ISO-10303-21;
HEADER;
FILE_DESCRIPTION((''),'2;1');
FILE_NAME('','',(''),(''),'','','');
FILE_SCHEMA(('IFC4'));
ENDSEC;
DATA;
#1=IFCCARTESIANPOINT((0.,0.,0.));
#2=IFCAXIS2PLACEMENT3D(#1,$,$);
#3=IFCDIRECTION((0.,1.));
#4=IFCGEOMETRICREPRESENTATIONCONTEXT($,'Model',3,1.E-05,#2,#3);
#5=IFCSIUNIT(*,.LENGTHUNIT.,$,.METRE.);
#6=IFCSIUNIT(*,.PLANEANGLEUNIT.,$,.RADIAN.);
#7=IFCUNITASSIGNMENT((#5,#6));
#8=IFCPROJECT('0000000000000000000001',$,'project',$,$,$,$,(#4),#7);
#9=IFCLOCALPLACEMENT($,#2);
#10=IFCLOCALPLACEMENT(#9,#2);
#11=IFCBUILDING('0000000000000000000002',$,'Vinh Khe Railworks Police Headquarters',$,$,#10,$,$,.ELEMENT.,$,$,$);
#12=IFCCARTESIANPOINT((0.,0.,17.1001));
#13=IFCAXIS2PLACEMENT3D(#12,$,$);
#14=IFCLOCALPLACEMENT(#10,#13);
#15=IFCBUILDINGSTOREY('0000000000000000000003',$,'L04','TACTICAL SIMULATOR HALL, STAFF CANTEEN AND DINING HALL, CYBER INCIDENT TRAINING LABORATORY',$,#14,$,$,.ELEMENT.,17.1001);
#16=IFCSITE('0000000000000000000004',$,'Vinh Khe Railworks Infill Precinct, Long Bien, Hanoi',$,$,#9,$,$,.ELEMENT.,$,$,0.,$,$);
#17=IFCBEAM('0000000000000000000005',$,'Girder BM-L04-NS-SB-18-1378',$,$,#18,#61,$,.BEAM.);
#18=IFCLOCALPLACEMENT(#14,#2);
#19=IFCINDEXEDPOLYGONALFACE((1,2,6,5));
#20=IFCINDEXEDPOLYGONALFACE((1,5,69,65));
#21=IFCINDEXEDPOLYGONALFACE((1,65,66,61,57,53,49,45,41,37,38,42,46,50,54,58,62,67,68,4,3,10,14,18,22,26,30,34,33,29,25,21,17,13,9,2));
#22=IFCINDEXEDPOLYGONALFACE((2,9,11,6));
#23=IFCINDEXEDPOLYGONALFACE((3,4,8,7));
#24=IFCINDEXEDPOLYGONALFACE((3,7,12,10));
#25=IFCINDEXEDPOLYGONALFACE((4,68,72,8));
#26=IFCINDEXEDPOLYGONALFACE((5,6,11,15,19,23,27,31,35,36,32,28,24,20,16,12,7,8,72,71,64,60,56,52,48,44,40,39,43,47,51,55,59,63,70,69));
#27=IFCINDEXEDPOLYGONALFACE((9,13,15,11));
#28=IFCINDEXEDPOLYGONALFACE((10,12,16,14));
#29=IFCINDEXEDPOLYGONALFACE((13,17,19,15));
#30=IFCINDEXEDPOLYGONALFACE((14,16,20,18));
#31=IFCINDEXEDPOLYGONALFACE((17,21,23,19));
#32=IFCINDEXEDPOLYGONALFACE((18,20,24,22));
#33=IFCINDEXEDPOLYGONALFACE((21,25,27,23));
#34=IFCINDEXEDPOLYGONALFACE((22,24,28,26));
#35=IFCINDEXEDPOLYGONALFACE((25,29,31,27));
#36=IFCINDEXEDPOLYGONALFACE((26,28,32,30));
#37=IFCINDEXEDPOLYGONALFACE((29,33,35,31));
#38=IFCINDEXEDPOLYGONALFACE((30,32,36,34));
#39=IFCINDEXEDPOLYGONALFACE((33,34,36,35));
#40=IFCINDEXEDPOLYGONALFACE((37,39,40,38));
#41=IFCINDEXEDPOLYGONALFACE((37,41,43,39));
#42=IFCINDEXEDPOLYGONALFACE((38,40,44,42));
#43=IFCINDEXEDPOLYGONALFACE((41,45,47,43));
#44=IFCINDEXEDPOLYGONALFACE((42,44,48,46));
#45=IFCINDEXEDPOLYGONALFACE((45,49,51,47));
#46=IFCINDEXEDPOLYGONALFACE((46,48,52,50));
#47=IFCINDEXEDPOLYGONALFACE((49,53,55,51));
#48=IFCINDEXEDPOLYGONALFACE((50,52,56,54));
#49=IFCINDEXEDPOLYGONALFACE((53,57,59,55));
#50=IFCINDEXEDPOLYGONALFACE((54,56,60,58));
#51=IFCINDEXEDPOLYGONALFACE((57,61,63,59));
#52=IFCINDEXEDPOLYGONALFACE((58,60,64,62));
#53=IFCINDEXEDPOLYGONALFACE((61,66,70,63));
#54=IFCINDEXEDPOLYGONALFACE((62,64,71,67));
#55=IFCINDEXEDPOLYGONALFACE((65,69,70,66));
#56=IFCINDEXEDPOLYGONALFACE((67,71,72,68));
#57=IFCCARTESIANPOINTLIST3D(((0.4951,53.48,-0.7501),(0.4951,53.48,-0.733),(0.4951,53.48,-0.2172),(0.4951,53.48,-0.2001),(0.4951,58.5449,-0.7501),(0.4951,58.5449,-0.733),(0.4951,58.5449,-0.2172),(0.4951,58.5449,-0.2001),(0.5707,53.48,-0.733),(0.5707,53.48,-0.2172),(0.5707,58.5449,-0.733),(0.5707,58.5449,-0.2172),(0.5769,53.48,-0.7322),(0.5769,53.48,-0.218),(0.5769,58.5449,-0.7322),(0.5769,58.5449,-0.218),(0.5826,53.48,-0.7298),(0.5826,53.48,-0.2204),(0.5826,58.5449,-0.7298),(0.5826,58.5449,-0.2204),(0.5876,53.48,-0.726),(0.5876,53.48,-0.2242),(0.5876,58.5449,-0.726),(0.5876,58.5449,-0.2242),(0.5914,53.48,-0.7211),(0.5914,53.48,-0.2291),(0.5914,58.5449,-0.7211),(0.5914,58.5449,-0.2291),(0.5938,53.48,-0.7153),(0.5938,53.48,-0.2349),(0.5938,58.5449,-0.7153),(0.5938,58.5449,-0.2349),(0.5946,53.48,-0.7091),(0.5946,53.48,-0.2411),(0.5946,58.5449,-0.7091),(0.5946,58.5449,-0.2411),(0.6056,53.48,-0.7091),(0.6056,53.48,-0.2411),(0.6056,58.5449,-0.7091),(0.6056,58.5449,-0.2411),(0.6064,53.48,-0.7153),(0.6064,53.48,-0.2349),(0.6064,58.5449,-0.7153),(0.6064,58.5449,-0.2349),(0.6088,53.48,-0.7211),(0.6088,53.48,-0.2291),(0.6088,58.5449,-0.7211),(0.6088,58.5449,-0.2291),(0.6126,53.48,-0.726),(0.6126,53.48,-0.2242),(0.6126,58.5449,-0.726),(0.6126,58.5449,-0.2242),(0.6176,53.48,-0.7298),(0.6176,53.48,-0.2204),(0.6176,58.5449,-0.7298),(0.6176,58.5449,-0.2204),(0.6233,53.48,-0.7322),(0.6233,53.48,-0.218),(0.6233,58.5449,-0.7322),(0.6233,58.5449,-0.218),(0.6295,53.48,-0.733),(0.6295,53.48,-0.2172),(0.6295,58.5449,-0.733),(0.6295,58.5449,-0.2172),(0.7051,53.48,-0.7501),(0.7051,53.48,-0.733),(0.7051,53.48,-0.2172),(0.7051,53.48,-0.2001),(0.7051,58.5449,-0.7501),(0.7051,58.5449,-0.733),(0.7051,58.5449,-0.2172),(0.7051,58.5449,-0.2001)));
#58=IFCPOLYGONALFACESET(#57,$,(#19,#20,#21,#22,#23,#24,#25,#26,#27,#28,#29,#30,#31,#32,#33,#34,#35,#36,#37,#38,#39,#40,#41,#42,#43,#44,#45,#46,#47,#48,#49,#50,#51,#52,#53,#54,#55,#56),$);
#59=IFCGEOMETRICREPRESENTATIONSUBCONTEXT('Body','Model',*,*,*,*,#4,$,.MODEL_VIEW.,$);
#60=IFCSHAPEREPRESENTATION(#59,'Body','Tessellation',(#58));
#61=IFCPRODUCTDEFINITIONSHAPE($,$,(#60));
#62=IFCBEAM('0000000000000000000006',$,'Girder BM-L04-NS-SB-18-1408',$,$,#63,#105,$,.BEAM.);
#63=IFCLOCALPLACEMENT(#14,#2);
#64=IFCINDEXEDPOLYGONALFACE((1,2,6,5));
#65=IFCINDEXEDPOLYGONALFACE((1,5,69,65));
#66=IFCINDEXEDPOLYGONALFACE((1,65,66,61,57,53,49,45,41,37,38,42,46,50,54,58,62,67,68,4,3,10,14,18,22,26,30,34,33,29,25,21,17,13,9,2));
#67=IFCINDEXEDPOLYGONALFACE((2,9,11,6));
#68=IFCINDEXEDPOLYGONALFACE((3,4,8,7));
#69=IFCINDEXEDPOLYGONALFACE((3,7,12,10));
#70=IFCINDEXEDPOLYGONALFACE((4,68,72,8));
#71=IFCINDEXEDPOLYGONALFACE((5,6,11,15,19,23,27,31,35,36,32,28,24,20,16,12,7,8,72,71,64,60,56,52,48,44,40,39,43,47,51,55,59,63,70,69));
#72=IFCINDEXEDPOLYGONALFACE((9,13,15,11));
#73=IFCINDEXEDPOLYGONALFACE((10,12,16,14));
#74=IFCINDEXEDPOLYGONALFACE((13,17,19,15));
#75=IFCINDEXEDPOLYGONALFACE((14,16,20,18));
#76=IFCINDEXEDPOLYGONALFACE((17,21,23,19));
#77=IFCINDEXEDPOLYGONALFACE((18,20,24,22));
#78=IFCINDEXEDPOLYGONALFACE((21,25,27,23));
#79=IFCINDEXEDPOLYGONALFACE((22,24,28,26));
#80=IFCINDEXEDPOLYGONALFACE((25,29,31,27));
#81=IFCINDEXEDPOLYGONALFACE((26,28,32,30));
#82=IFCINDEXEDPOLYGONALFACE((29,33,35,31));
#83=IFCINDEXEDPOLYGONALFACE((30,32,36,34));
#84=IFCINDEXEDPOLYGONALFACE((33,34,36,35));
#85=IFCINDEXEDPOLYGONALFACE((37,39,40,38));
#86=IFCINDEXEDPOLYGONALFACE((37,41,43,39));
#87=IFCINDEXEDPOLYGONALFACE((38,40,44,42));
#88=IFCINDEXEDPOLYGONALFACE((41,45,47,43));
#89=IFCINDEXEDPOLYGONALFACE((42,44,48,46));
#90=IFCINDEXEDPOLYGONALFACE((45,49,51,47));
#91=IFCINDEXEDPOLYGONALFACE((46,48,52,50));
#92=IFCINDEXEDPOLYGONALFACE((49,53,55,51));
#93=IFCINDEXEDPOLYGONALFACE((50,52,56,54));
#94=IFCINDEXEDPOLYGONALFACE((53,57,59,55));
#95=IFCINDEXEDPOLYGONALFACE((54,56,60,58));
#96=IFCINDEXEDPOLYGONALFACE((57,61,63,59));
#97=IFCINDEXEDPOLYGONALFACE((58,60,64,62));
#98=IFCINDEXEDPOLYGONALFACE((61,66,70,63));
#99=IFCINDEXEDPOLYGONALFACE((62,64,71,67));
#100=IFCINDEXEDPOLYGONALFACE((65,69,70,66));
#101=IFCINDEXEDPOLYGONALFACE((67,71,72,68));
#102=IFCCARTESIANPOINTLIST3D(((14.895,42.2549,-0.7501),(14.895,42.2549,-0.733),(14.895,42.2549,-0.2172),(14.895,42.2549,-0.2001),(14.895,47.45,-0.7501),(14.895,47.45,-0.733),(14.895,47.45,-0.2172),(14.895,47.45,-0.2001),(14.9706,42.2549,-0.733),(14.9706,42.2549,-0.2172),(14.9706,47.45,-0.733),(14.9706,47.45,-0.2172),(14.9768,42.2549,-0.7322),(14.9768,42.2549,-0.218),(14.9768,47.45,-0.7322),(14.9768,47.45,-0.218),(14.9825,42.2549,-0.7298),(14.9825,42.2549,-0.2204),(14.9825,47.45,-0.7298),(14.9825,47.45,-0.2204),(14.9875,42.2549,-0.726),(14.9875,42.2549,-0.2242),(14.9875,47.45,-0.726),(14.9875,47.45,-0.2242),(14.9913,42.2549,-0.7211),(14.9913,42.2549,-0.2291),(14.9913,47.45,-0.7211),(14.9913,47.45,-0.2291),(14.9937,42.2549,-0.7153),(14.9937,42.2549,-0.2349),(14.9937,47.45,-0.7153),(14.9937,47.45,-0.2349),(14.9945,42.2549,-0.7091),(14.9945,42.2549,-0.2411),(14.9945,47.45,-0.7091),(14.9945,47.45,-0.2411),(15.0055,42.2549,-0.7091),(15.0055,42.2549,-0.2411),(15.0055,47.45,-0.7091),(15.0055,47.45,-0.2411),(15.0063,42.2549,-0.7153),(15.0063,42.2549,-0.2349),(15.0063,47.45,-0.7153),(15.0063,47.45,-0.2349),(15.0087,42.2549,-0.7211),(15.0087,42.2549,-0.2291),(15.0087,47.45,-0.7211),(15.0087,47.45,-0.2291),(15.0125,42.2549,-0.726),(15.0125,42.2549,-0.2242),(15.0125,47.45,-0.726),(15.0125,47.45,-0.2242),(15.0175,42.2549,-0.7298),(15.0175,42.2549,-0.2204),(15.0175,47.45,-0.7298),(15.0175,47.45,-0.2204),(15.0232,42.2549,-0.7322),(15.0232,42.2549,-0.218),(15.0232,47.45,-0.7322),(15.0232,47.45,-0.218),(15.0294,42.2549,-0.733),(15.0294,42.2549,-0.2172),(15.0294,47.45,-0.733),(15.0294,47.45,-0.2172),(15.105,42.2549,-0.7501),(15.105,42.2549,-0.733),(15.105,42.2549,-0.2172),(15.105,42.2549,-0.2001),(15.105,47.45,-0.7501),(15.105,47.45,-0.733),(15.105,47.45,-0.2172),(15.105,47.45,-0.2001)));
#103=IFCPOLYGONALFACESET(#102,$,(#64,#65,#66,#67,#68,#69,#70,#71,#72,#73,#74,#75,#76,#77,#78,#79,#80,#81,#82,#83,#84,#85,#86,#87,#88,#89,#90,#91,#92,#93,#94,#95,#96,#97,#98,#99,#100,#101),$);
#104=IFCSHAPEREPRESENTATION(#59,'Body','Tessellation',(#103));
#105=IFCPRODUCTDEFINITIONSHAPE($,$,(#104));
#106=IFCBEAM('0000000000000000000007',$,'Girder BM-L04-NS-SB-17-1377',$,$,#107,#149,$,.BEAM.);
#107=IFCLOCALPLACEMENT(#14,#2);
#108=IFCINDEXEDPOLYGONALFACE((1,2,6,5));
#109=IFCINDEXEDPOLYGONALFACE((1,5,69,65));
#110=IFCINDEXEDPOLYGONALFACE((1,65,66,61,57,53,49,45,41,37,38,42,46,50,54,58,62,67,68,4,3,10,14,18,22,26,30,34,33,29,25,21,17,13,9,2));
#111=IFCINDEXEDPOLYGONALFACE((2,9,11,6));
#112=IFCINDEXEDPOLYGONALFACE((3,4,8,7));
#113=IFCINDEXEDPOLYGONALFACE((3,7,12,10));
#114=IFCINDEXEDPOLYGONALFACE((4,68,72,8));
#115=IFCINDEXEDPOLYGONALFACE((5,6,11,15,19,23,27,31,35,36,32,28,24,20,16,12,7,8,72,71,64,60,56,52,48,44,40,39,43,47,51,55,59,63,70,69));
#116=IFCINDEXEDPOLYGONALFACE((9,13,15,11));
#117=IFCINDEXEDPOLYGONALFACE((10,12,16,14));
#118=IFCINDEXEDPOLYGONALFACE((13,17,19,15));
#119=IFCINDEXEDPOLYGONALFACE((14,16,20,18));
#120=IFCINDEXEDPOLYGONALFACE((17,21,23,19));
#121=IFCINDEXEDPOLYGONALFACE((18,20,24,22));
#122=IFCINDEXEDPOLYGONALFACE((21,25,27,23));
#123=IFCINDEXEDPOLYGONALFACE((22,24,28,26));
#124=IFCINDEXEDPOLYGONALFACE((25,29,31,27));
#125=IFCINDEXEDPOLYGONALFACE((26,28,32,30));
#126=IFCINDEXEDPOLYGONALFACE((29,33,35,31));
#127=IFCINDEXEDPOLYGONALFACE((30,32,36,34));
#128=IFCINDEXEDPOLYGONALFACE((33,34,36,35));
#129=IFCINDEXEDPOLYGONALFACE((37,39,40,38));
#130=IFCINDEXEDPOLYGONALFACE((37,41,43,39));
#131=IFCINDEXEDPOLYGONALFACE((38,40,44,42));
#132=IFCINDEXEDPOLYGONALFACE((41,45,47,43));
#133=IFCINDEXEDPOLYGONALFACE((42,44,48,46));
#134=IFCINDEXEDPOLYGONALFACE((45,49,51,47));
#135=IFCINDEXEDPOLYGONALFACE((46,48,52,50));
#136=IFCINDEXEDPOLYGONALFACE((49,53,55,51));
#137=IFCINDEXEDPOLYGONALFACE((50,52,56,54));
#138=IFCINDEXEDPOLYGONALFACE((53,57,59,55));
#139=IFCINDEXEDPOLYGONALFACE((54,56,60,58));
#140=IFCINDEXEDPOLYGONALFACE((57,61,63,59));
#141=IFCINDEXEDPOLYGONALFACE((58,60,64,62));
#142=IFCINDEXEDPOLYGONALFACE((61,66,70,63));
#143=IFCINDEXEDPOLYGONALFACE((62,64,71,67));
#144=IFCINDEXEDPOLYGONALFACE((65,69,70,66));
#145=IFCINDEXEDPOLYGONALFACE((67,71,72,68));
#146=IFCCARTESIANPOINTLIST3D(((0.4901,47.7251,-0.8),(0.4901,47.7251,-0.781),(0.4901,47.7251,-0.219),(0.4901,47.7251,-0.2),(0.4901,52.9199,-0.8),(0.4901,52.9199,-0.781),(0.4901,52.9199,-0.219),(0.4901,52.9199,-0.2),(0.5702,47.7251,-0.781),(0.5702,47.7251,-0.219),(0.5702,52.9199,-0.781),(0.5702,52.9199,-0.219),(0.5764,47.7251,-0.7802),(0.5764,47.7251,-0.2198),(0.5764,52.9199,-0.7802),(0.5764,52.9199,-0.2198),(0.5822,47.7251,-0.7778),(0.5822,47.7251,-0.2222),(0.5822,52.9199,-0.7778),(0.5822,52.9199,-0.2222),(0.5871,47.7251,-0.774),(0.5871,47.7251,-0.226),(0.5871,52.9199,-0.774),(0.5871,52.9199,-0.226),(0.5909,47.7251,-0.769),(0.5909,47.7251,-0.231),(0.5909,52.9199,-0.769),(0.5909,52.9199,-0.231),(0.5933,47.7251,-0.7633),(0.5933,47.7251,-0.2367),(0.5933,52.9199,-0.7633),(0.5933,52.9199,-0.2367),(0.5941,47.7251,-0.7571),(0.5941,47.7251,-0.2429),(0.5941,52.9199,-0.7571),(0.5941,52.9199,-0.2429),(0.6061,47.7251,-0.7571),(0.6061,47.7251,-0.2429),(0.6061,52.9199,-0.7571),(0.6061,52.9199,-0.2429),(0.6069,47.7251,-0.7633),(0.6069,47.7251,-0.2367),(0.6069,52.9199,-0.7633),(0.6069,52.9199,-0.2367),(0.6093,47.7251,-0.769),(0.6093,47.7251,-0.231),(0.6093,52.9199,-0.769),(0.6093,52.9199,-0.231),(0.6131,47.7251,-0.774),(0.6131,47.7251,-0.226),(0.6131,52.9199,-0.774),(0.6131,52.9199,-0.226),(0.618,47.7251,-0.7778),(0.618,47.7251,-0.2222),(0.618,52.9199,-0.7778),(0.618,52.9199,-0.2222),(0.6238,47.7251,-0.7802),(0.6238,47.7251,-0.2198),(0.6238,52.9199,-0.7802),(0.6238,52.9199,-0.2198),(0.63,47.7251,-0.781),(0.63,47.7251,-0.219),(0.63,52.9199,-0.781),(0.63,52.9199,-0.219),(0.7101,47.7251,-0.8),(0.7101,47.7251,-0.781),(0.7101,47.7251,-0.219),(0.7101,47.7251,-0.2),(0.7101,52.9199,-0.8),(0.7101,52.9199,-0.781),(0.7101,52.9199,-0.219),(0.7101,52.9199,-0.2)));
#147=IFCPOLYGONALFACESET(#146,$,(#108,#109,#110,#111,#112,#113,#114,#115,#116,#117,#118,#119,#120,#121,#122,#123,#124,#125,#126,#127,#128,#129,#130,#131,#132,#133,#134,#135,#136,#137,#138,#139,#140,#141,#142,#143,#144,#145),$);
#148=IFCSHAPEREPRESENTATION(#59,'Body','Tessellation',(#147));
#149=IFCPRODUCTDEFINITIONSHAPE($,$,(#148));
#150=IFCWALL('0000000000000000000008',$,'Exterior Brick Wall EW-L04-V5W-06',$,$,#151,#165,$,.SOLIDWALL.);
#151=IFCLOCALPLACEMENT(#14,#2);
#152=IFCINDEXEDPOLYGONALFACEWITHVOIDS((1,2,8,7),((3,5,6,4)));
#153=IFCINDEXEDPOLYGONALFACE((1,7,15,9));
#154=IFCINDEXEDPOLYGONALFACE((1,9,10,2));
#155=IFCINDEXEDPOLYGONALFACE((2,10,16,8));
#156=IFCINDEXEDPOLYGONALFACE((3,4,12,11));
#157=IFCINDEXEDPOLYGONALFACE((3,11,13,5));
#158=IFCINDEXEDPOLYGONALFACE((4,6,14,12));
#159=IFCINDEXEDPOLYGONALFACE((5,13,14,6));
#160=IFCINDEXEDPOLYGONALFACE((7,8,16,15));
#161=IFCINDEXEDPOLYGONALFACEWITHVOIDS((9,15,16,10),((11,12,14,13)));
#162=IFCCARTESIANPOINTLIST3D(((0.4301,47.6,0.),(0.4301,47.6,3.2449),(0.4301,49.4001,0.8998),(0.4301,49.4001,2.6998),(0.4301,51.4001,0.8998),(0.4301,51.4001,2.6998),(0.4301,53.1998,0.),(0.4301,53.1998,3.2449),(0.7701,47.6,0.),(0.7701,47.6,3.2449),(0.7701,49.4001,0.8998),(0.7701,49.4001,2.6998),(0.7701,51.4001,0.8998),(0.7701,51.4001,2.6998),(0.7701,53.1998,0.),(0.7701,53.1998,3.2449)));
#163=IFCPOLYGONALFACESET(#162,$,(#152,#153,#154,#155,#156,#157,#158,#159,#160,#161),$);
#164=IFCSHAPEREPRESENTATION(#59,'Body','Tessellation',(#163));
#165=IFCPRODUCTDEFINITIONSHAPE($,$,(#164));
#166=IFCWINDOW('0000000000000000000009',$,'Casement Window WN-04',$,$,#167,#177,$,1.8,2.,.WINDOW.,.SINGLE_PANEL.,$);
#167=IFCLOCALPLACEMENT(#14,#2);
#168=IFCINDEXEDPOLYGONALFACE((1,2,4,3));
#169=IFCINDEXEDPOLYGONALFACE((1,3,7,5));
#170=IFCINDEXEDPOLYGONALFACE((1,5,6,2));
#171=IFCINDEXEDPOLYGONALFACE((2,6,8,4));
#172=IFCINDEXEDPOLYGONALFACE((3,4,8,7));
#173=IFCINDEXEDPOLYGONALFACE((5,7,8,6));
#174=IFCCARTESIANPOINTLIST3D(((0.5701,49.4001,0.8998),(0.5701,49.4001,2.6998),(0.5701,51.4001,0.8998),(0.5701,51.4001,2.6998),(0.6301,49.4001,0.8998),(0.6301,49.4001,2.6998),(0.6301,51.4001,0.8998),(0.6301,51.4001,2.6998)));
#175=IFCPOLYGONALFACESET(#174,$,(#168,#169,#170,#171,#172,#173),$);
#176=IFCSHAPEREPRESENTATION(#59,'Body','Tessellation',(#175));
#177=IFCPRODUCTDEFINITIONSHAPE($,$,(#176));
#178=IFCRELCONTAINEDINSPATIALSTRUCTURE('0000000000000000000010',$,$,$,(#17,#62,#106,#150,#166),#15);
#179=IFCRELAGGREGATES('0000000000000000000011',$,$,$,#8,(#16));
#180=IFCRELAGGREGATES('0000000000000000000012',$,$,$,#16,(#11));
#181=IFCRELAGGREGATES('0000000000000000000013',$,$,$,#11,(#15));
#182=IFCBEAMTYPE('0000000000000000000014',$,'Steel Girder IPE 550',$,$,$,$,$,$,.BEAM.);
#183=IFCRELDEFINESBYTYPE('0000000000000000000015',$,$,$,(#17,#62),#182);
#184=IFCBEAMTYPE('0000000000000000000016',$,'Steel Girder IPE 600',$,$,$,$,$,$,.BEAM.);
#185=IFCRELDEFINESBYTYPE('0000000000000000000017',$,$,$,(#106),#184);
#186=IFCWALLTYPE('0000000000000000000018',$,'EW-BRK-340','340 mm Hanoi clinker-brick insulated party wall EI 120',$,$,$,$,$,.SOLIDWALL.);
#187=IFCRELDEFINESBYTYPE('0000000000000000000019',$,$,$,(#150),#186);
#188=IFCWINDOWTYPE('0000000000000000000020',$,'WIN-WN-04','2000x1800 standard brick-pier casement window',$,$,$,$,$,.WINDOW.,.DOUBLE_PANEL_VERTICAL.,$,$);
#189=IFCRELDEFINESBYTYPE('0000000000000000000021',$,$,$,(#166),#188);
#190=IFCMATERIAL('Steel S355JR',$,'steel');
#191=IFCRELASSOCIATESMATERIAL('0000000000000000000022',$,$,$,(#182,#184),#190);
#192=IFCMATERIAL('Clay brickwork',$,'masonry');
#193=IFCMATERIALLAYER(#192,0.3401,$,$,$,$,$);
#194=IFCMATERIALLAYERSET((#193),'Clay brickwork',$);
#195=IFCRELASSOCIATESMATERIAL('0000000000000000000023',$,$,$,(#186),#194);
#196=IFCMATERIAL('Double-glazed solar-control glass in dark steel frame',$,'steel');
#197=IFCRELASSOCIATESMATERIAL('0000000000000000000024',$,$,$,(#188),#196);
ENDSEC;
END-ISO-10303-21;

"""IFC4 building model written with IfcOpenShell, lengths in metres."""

from ifc_helpers import new_model, si_unit, direction, frame, frame_2d, origin, origin_2d, place, context, subcontext, project, spatial, rectangle, i_section, extrude, material, layer, layer_set, material_profile, profile_set, type_object, element, fill, save


model = new_model("IFC4")

# Units and contexts
model_context = context("Model", 3, precision=1e-05, world=origin(), true_north=direction((0.0, 1.0)))
body_context = subcontext(model_context, "Body", "Model", "MODEL_VIEW")
ifc_project = project(units=[si_unit("LENGTHUNIT", "METRE"), si_unit("PLANEANGLEUNIT", "RADIAN")], contexts=[model_context])

# Site, building, storey
site_placement = place(None, origin())
site = spatial("IfcSite", under=ifc_project, at=site_placement, Name="Vinh Khe Railworks Infill Precinct, Long Bien, Hanoi", CompositionType="ELEMENT", RefElevation=0.0)
building_placement = place(site_placement, origin())
building = spatial("IfcBuilding", under=site, at=building_placement, Name="Vinh Khe Railworks Police Headquarters", CompositionType="ELEMENT")
storey_placement = place(building_placement, frame((0.0, 0.0, 17.1001)))
storey = spatial("IfcBuildingStorey", under=building, at=storey_placement, Name="L04", Description="TACTICAL SIMULATOR HALL, STAFF CANTEEN AND DINING HALL, CYBER INCIDENT TRAINING LABORATORY", CompositionType="ELEMENT", Elevation=17.1001)

# Shared definitions
ifc_material_1 = material(Name="Steel S355JR", Category="steel")

# Beams
ifc_material_profile_1 = material_profile(ifc_material_1, i_section(OverallWidth=0.21, OverallDepth=0.55, WebThickness=0.011, FlangeThickness=0.0171, FilletRadius=0.0239, at=origin_2d()), Name="IPE 550")
ifc_profile_set_1 = profile_set([ifc_material_profile_1], Name="Steel S355JR")
beam_type_1 = type_object("IfcBeamType", Name="Steel Girder IPE 550", PredefinedType="BEAM", material=ifc_profile_set_1)
beam_1_placement = place(storey_placement, frame((0.6001, 53.48, -0.4751), z_axis=(0.0, 1.0, 0.0), x_axis=(-1.0, 0.0, 0.0)))
element("IfcBeam", 1, at=beam_1_placement, inside=storey, type_object=beam_type_1, Name="Girder BM-L04-NS-SB-18-1378", PredefinedType="BEAM", context=body_context, shape_type="SweptSolid", body=[
    extrude(i_section(OverallWidth=0.21, OverallDepth=0.55, WebThickness=0.011, FlangeThickness=0.0171, FilletRadius=0.0239, at=origin_2d()), origin(), (0.0, 0.0, 1.0), 5.0649),
])
beam_2_placement = place(storey_placement, frame((15.0, 42.2549, -0.4751), z_axis=(0.0, 1.0, 0.0), x_axis=(-1.0, 0.0, 0.0)))
element("IfcBeam", 2, at=beam_2_placement, inside=storey, type_object=beam_type_1, Name="Girder BM-L04-NS-SB-18-1408", PredefinedType="BEAM", context=body_context, shape_type="SweptSolid", body=[
    extrude(i_section(OverallWidth=0.21, OverallDepth=0.55, WebThickness=0.011, FlangeThickness=0.0171, FilletRadius=0.0239, at=origin_2d()), origin(), (0.0, 0.0, 1.0), 5.1951),
])
ifc_material_profile_2 = material_profile(ifc_material_1, i_section(OverallWidth=0.22, OverallDepth=0.6001, WebThickness=0.012, FlangeThickness=0.019, FilletRadius=0.0239, at=origin_2d()), Name="IPE 600")
ifc_profile_set_2 = profile_set([ifc_material_profile_2], Name="Steel S355JR")
beam_type_2 = type_object("IfcBeamType", Name="Steel Girder IPE 600", PredefinedType="BEAM", material=ifc_profile_set_2)
beam_3_placement = place(storey_placement, frame((0.6001, 47.7251, -0.5), z_axis=(0.0, 1.0, 0.0), x_axis=(-1.0, 0.0, 0.0)))
element("IfcBeam", 3, at=beam_3_placement, inside=storey, type_object=beam_type_2, Name="Girder BM-L04-NS-SB-17-1377", PredefinedType="BEAM", context=body_context, shape_type="SweptSolid", body=[
    extrude(i_section(OverallWidth=0.22, OverallDepth=0.6001, WebThickness=0.012, FlangeThickness=0.019, FilletRadius=0.0239, at=origin_2d()), origin(), (0.0, 0.0, 1.0), 5.1948),
])

# Wall, opening, window
ifc_material_2 = material(Name="Clay brickwork", Category="masonry")
ifc_layer_1 = layer(ifc_material_2, 0.3401)
ifc_layer_set_1 = layer_set([ifc_layer_1], Name="Clay brickwork")
wall_type_1 = type_object("IfcWallType", Name="EW-BRK-340", Description="340 mm Hanoi clinker-brick insulated party wall EI 120", PredefinedType="SOLIDWALL", material=ifc_layer_set_1)
wall_1_placement = place(storey_placement, frame((0.6001, 47.6001, 0.0), z_axis=(0.0, 0.0, 1.0), x_axis=(0.0, 1.0, 0.0)))
wall_1 = element("IfcWall", 4, at=wall_1_placement, inside=storey, type_object=wall_type_1, Name="Exterior Brick Wall EW-L04-V5W-06", PredefinedType="SOLIDWALL", context=body_context, shape_type="SweptSolid", body=[
    extrude(rectangle(XDim=5.5999, YDim=0.3401, at=frame_2d((2.7998, 0.0))), origin(), (0.0, 0.0, 1.0), 3.2449),
])
opening_1_placement = place(wall_1_placement, frame((1.8, 0.0, 0.8999)))
opening_1 = element("IfcOpeningElement", 5, at=opening_1_placement, cuts=wall_1, PredefinedType="OPENING", context=body_context, shape_type="SweptSolid", body=[
    extrude(rectangle(XDim=2.0, YDim=1.8, at=frame_2d((1.0, 0.8999))), frame((0.0, 0.1851, 0.0), z_axis=(0.0, -1.0, 0.0), x_axis=(1.0, 0.0, 0.0)), (0.0, 0.0, 1.0), 0.3699),
])
ifc_material_3 = material(Name="Double-glazed solar-control glass in dark steel frame", Category="steel")
window_type_1 = type_object("IfcWindowType", Name="WIN-WN-04", Description="2000x1800 standard brick-pier casement window", PartitioningType="DOUBLE_PANEL_VERTICAL", PredefinedType="WINDOW", material=ifc_material_3)
window_1_placement = place(opening_1_placement, origin())
window_1 = element("IfcWindow", 6, at=window_1_placement, inside=storey, type_object=window_type_1, Name="Casement Window WN-04", OverallHeight=1.8, OverallWidth=2.0, PartitioningType="SINGLE_PANEL", PredefinedType="WINDOW", context=body_context, shape_type="SweptSolid", body=[
    extrude(rectangle(XDim=2.0, YDim=1.8, at=frame_2d((1.0, 0.8999))), frame((0.0, 0.03, 0.0), z_axis=(0.0, -1.0, 0.0), x_axis=(1.0, 0.0, 0.0)), (0.0, 0.0, 1.0), 0.0601),
])
fill(opening_1, window_1)

save(model, "model.ifc")
